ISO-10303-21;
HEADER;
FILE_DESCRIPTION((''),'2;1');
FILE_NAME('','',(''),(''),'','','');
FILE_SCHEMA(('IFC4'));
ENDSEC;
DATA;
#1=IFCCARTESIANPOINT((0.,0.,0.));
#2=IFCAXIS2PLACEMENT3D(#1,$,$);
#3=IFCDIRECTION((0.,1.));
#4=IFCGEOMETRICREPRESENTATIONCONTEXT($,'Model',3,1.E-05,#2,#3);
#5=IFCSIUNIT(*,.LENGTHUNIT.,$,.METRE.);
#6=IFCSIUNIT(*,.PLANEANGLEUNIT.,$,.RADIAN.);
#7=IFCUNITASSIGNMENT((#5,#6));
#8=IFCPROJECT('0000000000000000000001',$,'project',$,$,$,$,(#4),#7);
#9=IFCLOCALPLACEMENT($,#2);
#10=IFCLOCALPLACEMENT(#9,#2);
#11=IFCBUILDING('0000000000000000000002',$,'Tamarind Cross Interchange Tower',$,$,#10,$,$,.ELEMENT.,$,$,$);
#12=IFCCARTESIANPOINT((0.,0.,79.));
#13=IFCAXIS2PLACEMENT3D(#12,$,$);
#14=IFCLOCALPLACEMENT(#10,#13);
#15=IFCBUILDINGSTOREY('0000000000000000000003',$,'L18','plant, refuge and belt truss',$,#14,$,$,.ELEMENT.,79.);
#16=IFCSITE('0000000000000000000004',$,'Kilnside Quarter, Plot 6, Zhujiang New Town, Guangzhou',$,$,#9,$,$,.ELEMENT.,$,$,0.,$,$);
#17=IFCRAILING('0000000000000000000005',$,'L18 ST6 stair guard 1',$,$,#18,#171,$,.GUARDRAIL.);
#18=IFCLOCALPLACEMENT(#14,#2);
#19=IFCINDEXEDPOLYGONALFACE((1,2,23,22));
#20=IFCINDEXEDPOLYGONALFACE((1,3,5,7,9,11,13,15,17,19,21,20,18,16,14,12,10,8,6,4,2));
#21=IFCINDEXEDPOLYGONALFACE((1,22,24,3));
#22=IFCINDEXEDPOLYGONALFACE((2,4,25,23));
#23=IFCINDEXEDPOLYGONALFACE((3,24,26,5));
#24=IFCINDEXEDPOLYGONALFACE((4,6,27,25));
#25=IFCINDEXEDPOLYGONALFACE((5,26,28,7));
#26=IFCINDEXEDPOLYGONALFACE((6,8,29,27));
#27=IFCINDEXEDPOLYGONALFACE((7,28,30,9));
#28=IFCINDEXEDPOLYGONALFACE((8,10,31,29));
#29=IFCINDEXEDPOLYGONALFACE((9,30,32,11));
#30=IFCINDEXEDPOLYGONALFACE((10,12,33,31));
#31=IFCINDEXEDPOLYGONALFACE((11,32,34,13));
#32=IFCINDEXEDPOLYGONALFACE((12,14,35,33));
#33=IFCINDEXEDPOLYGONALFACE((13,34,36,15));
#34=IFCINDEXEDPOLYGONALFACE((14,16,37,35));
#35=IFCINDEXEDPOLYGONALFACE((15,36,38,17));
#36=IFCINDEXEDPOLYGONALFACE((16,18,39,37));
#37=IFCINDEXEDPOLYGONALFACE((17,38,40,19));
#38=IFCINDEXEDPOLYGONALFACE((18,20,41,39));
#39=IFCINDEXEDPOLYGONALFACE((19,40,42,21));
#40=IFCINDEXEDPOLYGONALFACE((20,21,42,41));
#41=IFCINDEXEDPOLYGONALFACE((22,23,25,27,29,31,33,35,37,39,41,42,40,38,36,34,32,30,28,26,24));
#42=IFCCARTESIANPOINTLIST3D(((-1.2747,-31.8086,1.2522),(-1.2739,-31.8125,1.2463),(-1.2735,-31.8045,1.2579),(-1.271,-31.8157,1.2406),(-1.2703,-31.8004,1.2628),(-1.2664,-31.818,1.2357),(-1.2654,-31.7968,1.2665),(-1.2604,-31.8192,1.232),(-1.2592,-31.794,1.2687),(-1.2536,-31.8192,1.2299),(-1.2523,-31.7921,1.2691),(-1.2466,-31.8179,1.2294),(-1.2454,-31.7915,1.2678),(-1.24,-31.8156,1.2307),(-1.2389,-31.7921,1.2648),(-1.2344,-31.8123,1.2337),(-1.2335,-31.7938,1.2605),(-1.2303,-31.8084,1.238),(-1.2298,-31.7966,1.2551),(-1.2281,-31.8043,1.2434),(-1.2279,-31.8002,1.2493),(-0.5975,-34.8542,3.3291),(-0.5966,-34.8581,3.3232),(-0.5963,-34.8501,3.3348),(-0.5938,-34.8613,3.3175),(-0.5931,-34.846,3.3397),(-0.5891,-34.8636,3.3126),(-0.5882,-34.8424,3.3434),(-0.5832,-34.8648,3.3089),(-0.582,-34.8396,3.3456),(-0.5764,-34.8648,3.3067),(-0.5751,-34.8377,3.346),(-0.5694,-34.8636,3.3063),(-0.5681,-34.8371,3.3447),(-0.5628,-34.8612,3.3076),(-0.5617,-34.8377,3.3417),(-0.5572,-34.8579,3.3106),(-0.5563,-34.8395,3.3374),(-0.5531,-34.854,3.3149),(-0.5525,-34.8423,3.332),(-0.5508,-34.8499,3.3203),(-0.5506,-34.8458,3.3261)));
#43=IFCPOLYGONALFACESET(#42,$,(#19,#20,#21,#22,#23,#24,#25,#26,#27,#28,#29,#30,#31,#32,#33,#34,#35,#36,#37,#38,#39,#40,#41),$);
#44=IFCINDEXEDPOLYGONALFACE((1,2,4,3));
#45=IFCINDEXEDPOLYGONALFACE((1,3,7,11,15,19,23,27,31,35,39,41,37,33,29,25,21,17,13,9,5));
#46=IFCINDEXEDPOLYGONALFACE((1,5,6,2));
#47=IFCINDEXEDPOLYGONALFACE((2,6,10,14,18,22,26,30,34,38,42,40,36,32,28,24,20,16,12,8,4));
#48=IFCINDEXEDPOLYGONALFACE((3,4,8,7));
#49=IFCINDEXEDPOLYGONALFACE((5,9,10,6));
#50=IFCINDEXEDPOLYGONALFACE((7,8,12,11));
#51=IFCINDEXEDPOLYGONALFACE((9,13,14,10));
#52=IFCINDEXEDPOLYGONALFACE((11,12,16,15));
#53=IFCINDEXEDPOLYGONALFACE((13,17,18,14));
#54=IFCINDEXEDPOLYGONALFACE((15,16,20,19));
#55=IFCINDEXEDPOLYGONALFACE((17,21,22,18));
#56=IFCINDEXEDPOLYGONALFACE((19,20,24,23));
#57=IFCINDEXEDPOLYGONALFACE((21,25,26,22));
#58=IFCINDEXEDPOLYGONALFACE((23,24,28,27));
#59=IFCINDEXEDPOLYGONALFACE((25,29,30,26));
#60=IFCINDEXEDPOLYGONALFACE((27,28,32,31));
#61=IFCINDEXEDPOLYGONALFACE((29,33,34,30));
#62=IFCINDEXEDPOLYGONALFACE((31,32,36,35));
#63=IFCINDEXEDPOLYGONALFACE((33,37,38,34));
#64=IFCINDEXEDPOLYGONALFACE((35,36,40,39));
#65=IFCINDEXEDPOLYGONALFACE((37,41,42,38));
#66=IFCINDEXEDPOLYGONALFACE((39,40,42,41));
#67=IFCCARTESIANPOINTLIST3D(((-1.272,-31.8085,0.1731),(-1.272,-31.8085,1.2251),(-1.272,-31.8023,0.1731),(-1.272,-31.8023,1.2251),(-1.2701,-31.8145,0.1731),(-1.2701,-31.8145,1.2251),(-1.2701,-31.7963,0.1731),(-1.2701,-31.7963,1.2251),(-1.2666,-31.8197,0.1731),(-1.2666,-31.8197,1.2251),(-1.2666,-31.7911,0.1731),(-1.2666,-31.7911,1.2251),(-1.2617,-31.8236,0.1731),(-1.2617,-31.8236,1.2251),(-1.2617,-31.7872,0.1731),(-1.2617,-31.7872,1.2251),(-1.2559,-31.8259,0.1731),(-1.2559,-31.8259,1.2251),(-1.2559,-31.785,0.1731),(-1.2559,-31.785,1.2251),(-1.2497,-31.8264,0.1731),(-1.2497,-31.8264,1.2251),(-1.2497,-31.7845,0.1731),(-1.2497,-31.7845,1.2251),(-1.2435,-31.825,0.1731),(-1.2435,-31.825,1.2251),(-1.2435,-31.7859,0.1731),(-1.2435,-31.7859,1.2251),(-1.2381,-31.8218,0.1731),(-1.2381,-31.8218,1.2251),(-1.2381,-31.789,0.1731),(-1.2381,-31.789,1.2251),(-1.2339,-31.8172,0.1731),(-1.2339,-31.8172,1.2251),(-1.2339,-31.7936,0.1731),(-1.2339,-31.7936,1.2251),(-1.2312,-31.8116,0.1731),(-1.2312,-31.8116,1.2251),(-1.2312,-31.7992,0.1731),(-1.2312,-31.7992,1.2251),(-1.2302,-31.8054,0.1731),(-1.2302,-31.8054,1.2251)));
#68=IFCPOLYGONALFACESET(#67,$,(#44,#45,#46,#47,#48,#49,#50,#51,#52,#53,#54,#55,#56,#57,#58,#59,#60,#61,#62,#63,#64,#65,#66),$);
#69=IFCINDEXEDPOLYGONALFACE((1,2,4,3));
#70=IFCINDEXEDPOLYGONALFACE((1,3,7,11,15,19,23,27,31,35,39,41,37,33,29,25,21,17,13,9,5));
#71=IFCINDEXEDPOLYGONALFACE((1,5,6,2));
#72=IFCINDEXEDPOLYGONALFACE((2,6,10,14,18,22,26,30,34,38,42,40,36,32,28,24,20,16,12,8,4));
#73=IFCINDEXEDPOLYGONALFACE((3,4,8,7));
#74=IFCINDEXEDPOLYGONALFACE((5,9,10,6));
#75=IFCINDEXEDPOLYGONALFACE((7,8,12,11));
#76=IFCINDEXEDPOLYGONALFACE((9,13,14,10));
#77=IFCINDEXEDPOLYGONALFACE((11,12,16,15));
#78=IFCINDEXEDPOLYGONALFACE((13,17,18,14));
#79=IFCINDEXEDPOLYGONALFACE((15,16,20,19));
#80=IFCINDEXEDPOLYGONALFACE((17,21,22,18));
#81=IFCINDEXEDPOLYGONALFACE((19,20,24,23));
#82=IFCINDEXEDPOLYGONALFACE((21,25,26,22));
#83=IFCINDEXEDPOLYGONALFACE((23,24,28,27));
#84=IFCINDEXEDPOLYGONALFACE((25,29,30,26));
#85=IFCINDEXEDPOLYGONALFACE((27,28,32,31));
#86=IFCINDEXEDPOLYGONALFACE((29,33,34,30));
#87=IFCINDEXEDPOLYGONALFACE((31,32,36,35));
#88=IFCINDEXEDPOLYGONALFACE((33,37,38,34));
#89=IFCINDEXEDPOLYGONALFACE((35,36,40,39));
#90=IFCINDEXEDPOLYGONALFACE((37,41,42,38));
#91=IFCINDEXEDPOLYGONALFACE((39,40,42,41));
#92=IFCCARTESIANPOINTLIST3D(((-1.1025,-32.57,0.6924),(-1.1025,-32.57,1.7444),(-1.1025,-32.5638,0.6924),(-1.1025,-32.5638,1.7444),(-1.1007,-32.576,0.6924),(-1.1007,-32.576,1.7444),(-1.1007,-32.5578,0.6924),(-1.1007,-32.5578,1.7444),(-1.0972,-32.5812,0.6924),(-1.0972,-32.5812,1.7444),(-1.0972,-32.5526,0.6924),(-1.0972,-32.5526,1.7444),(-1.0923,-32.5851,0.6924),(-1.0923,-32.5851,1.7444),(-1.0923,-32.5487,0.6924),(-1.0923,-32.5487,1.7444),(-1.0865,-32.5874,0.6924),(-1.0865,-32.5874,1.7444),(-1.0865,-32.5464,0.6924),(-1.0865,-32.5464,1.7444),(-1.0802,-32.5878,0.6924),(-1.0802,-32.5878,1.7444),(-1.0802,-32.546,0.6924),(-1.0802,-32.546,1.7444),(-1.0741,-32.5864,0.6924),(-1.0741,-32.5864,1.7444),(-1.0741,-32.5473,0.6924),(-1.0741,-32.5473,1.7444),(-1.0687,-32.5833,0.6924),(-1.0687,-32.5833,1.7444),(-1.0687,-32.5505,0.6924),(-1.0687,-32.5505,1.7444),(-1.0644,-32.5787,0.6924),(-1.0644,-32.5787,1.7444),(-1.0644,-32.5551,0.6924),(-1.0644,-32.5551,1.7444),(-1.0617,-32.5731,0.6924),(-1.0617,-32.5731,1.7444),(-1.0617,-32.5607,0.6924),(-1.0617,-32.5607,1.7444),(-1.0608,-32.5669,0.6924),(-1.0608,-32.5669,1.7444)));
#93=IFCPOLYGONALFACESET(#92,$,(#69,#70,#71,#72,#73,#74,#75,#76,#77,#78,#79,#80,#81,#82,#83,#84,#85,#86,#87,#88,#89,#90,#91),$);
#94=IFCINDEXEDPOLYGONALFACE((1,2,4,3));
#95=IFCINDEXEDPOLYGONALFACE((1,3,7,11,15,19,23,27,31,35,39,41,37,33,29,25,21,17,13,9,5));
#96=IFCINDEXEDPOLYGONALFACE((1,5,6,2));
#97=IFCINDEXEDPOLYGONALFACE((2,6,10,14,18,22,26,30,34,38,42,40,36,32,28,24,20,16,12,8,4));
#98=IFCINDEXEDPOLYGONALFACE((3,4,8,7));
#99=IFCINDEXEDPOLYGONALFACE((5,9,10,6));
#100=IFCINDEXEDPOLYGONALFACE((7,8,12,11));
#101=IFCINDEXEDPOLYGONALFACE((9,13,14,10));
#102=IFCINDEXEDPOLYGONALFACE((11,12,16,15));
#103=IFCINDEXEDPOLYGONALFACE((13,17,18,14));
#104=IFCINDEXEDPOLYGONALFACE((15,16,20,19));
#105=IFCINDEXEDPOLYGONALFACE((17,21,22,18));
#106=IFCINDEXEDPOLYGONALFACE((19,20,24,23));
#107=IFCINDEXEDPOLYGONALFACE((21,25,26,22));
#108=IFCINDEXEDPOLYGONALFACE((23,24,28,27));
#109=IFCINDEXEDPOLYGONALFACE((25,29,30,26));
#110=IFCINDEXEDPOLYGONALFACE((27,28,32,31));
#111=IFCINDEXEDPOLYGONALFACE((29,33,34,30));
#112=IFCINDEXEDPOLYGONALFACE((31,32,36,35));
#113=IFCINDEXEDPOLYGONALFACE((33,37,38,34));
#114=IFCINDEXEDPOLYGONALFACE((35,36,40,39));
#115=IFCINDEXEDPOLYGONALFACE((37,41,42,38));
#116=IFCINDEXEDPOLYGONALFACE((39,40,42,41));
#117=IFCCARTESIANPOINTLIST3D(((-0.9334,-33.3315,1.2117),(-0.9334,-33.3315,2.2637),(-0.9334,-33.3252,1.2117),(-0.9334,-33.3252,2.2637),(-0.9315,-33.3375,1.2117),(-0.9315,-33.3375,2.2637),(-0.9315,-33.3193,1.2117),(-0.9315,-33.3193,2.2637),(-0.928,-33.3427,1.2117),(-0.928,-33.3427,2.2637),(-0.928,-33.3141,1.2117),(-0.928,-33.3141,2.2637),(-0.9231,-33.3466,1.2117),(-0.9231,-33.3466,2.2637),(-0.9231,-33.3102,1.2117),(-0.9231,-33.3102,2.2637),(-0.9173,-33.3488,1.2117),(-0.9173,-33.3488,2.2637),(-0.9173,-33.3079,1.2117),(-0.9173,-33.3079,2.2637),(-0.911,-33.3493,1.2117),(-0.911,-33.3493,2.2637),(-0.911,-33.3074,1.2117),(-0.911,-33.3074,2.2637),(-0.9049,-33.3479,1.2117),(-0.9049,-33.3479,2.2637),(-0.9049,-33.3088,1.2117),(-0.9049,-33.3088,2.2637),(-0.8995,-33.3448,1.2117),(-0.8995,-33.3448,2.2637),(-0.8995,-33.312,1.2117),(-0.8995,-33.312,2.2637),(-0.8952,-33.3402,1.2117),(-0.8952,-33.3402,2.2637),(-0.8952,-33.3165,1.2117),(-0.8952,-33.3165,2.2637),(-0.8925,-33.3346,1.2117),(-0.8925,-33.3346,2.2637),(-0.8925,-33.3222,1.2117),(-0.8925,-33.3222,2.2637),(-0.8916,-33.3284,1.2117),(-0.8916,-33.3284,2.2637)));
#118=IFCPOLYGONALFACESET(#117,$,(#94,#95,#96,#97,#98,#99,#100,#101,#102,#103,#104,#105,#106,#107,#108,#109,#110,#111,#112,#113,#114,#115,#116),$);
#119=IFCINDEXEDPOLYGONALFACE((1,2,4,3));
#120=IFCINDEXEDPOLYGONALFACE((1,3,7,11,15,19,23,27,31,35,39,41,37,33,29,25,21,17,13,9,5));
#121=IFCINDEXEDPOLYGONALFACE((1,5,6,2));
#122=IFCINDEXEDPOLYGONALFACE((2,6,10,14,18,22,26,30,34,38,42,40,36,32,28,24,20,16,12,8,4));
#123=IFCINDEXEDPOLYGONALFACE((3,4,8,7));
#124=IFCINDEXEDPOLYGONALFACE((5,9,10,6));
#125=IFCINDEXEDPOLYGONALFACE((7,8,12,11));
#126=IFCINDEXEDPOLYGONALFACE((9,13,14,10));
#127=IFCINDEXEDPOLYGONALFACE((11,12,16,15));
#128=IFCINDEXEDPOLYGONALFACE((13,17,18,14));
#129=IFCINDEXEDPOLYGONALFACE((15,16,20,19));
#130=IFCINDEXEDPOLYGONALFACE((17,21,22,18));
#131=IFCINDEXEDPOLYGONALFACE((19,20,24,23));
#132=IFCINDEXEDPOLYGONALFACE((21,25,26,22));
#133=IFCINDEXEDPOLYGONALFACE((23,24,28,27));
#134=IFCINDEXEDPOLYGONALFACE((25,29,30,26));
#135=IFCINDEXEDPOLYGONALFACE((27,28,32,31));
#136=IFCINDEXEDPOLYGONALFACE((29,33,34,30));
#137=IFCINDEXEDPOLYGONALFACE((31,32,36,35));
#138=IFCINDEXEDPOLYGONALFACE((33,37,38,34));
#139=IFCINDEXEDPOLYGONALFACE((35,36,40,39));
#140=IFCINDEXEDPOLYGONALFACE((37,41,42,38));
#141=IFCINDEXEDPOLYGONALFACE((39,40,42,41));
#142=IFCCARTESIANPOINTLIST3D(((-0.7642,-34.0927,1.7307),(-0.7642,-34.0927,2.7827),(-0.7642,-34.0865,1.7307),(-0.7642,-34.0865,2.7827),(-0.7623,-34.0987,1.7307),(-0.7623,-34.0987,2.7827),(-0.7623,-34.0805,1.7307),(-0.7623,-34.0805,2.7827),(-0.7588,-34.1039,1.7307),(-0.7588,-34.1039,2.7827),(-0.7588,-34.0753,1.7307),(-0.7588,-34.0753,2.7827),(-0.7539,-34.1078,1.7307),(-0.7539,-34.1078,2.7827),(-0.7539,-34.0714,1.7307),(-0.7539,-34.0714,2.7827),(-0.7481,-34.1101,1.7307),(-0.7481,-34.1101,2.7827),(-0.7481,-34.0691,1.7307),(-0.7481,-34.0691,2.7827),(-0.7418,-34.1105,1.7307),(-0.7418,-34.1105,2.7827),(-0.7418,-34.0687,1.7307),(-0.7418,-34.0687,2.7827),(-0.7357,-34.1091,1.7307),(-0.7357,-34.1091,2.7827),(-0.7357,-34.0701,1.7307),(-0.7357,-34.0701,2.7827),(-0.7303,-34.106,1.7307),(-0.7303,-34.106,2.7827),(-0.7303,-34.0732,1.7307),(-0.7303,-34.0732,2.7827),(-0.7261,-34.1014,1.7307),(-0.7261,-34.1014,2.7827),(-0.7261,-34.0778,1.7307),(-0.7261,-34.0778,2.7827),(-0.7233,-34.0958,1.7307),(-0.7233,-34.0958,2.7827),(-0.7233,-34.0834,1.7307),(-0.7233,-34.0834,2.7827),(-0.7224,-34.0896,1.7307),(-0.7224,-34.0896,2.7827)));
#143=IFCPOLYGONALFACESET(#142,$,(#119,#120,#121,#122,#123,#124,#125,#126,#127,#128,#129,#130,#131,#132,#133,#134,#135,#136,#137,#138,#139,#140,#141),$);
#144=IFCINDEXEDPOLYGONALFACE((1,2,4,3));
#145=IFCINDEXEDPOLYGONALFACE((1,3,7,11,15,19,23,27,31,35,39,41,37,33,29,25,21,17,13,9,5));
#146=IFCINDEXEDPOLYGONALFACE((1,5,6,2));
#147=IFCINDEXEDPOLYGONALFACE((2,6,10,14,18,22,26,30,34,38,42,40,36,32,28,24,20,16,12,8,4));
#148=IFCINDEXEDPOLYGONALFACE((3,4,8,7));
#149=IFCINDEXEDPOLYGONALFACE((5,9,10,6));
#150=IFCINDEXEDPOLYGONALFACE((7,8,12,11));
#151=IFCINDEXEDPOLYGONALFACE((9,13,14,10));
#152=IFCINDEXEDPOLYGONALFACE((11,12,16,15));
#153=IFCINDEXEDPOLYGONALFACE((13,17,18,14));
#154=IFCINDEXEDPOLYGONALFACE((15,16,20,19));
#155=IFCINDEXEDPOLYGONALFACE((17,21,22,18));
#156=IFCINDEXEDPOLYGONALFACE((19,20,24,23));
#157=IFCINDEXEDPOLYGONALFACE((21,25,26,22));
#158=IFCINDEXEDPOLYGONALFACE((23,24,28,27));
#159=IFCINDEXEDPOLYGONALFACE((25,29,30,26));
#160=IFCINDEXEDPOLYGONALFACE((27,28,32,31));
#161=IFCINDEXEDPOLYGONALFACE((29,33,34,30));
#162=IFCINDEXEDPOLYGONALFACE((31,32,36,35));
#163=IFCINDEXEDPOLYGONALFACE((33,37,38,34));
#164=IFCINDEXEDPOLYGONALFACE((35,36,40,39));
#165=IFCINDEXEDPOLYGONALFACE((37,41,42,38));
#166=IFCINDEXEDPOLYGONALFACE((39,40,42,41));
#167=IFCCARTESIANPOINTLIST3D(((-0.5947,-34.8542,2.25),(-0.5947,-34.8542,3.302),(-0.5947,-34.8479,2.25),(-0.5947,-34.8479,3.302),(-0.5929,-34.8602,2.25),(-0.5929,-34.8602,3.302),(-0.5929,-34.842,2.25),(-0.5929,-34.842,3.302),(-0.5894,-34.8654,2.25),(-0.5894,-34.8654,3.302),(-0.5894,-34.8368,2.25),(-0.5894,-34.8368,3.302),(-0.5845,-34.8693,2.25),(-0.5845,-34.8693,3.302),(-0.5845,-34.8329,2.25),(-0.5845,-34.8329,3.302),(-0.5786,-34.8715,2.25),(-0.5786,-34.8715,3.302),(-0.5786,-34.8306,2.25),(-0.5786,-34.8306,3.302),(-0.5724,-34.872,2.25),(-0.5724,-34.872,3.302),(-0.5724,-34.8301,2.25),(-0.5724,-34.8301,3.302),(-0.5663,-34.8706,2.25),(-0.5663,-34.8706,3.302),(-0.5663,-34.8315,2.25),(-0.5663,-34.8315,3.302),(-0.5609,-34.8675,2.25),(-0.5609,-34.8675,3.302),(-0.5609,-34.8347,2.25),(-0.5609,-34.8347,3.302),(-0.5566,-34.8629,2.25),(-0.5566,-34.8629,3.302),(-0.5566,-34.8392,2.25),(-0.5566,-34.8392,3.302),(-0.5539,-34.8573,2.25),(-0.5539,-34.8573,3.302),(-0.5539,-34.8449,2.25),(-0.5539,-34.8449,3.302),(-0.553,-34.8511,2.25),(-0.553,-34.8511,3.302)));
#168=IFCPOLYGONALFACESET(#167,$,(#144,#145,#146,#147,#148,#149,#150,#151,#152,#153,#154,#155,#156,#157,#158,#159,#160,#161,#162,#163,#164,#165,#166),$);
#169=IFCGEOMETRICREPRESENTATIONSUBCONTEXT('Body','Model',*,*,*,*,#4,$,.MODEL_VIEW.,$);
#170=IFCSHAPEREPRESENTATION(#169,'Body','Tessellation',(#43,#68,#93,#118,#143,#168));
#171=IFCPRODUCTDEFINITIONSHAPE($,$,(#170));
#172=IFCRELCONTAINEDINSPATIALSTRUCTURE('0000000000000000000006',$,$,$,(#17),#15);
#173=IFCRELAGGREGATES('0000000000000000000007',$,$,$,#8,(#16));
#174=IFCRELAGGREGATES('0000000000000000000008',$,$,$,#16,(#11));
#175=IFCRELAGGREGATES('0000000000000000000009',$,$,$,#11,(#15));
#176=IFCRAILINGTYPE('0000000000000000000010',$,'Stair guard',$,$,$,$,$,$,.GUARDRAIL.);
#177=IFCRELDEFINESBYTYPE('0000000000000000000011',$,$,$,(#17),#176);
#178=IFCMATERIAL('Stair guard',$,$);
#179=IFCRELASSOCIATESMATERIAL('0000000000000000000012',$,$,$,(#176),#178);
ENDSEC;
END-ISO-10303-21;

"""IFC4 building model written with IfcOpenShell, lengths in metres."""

from ifc_helpers import new_model, si_unit, direction, frame, origin, origin_2d, place, context, subcontext, project, spatial, circle, extrude, material, type_object, element, save


model = new_model("IFC4")

# Units and contexts
model_context = context("Model", 3, precision=1e-05, world=origin(), true_north=direction((0.0, 1.0)))
body_context = subcontext(model_context, "Body", "Model", "MODEL_VIEW")
ifc_project = project(units=[si_unit("LENGTHUNIT", "METRE"), si_unit("PLANEANGLEUNIT", "RADIAN")], contexts=[model_context])

# Site, building, storey
site_placement = place(None, origin())
site = spatial("IfcSite", under=ifc_project, at=site_placement, Name="Kilnside Quarter, Plot 6, Zhujiang New Town, Guangzhou", CompositionType="ELEMENT", RefElevation=0.0)
building_placement = place(site_placement, origin())
building = spatial("IfcBuilding", under=site, at=building_placement, Name="Tamarind Cross Interchange Tower", CompositionType="ELEMENT")
storey_placement = place(building_placement, frame((0.0, 0.0, 79.0)))
storey = spatial("IfcBuildingStorey", under=building, at=storey_placement, Name="L18", Description="plant, refuge and belt truss", CompositionType="ELEMENT", Elevation=79.0)

# Railing
ifc_material_1 = material(Name="Stair guard")
railing_type_1 = type_object("IfcRailingType", Name="Stair guard", PredefinedType="GUARDRAIL", material=ifc_material_1)
railing_1_placement = place(storey_placement, frame((-1.2512, -31.8054, 0.1731)))
element("IfcRailing", 1, at=railing_1_placement, inside=storey, type_object=railing_type_1, Name="L18 ST6 stair guard 1", PredefinedType="GUARDRAIL", context=body_context, shape_type="SweptSolid", body=[
    extrude(circle(Radius=0.0239, at=origin_2d()), frame((0.0, 0.0, 1.0762), z_axis=(0.180691, -0.812588, 0.554123), x_axis=(0.976158, 0.217063, 0.0)), (0.0, 0.0, 1.0), 3.748),
    extrude(circle(Radius=0.021, at=origin_2d()), origin(), (0.0, 0.0, 1.0), 1.052),
    extrude(circle(Radius=0.021, at=origin_2d()), frame((0.1694, -0.7615, 0.5193)), (0.0, 0.0, 1.0), 1.052),
    extrude(circle(Radius=0.021, at=origin_2d()), frame((0.3386, -1.5229, 1.0386)), (0.0, 0.0, 1.0), 1.052),
    extrude(circle(Radius=0.021, at=origin_2d()), frame((0.5078, -2.2842, 1.5576)), (0.0, 0.0, 1.0), 1.052),
    extrude(circle(Radius=0.021, at=origin_2d()), frame((0.6772, -3.0457, 2.0769)), (0.0, 0.0, 1.0), 1.052),
])

save(model, "model.ifc")
